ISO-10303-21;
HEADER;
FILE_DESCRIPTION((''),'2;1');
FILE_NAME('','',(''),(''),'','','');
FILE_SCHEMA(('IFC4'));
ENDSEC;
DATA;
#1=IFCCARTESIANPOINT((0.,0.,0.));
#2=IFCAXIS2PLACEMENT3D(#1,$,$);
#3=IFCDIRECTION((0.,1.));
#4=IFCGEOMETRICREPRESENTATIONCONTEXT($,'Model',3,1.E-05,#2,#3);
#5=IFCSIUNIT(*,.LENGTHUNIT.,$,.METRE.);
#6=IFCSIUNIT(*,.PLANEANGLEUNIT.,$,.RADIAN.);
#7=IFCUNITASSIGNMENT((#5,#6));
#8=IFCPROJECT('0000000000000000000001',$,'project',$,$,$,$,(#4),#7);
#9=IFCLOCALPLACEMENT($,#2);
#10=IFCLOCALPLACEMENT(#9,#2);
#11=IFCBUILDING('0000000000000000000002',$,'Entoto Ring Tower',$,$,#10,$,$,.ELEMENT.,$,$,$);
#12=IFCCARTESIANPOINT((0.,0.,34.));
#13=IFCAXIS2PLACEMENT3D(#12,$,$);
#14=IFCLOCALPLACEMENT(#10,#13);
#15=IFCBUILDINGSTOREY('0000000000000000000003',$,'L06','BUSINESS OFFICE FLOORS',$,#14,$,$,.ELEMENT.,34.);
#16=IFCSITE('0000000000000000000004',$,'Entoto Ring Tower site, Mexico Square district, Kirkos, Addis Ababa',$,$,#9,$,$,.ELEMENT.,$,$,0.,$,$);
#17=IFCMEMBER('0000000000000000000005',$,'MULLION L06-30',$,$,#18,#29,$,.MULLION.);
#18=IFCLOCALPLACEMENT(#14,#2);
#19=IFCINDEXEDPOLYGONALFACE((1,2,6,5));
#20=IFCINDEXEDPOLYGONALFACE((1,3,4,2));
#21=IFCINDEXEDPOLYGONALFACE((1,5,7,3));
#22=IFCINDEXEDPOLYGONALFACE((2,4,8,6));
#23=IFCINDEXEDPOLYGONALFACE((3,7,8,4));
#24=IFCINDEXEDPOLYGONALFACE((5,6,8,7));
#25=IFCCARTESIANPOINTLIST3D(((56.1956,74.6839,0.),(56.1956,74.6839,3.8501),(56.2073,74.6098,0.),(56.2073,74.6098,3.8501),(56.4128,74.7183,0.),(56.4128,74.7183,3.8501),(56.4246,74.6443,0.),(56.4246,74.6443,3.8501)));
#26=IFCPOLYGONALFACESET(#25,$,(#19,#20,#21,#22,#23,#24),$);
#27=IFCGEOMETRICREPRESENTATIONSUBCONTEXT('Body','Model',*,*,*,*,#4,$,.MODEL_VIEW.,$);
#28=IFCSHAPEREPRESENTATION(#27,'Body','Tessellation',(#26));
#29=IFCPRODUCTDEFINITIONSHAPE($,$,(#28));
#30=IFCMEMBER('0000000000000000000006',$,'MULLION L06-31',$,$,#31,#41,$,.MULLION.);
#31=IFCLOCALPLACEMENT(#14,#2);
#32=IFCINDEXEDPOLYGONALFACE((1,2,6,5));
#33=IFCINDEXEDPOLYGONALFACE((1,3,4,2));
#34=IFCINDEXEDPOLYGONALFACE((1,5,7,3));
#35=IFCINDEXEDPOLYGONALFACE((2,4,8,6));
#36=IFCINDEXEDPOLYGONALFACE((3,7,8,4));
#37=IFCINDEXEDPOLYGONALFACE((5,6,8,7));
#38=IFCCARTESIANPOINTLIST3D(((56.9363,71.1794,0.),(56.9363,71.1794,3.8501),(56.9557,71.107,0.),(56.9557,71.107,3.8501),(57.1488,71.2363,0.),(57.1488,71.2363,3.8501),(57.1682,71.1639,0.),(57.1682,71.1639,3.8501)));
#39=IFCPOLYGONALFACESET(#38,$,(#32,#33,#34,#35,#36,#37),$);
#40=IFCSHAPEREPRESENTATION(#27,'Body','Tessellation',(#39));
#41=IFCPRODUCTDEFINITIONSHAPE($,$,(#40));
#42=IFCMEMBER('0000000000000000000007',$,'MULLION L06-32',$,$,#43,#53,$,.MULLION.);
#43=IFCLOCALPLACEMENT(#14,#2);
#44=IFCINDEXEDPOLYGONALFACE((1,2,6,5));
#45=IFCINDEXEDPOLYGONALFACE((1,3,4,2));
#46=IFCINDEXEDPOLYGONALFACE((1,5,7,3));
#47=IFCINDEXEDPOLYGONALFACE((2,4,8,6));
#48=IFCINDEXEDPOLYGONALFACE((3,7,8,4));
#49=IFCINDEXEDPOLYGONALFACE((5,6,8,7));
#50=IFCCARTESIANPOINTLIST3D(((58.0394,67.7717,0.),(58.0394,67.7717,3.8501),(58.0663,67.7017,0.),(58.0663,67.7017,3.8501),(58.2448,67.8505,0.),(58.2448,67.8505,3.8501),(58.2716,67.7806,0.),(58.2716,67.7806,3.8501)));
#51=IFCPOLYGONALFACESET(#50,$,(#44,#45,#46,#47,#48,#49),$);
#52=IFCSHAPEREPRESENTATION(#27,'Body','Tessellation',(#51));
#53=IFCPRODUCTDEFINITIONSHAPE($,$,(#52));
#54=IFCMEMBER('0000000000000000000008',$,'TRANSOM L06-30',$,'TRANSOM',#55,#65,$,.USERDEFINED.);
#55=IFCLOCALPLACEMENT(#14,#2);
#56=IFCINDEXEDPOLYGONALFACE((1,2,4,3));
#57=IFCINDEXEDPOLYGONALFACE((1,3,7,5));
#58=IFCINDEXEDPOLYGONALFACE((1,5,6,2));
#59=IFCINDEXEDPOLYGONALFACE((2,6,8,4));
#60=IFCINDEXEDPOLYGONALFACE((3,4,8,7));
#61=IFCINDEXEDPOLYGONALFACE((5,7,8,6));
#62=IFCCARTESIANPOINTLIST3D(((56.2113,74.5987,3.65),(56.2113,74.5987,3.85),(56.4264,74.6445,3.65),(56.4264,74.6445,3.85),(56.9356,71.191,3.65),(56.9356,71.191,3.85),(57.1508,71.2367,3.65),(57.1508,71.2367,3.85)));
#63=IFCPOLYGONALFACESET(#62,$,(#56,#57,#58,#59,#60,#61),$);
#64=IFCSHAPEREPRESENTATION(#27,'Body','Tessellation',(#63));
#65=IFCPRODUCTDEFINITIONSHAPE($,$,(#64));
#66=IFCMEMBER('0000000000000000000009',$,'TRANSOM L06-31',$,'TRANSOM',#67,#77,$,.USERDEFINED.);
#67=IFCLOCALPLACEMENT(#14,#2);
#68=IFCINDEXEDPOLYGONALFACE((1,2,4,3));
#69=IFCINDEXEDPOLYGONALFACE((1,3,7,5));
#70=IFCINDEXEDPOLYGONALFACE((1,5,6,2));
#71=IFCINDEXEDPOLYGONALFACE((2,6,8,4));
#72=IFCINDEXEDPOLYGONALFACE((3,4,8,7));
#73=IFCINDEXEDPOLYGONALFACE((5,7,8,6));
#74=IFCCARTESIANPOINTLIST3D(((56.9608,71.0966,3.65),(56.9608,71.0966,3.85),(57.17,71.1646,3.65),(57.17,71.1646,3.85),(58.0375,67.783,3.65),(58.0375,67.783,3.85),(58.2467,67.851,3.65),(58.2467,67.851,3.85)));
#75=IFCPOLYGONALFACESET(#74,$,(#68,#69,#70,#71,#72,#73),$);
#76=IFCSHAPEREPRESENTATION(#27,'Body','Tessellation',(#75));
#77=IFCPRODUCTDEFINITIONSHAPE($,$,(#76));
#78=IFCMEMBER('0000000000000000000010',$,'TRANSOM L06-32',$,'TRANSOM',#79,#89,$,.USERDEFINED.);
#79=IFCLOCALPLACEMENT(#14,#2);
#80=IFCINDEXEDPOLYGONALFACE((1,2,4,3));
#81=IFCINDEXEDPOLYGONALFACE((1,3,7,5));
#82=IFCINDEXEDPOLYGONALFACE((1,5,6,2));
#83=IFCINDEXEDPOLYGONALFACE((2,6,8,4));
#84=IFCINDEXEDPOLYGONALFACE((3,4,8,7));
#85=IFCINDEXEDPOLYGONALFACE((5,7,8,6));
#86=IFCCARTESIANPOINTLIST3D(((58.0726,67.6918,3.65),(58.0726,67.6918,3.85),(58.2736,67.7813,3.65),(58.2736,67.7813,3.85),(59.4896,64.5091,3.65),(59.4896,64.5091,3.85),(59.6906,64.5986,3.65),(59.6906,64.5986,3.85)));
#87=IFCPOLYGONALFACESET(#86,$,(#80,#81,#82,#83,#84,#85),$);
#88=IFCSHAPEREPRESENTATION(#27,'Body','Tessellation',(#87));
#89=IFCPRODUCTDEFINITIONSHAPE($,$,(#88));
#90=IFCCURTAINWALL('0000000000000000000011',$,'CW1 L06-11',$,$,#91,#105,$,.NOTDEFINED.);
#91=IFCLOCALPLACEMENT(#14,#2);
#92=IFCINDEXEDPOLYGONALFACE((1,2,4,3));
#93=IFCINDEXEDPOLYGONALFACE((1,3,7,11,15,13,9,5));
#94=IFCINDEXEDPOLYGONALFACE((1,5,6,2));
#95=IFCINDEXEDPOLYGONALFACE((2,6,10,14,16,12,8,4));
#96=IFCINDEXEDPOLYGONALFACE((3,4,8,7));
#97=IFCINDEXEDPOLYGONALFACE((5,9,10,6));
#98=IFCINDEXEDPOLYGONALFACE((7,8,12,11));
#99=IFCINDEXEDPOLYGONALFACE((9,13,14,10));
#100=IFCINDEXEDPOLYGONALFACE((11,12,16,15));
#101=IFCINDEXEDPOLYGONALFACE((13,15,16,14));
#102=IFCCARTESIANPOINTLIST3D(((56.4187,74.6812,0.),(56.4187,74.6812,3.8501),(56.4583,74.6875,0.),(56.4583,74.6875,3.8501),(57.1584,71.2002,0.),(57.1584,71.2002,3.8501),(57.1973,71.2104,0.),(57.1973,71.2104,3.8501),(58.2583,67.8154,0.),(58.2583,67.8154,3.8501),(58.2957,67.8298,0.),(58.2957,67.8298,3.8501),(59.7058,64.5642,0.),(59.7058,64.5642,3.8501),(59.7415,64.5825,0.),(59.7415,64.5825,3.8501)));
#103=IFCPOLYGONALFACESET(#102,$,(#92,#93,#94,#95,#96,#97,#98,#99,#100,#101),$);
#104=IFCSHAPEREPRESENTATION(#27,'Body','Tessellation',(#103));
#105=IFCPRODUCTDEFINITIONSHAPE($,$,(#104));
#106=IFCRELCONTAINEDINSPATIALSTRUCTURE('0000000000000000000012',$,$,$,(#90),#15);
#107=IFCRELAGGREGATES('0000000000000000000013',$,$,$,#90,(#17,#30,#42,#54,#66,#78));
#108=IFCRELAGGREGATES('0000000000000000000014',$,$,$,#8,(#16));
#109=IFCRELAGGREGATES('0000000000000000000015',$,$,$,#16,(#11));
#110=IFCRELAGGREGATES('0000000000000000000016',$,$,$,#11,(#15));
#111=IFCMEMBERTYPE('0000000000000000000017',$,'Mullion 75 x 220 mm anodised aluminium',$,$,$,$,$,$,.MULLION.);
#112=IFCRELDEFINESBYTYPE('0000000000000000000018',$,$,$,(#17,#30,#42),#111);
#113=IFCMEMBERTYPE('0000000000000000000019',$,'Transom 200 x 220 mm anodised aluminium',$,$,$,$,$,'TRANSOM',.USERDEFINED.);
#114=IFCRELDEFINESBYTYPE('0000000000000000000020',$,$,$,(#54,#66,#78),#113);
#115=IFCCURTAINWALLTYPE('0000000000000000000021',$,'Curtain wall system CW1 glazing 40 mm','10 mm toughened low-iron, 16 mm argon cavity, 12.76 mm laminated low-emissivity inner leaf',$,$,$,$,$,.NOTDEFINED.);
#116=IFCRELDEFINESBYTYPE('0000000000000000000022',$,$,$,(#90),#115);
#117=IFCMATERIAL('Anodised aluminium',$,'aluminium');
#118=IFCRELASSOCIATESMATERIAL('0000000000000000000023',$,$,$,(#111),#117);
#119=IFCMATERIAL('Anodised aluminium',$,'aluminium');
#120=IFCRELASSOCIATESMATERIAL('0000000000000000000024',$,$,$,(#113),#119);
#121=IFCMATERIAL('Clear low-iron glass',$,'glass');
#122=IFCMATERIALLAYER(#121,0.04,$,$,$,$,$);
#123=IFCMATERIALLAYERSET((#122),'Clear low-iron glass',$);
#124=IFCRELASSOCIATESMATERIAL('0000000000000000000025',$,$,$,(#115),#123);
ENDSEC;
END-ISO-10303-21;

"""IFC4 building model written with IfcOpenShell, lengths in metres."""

from ifc_helpers import new_model, si_unit, direction, frame, origin, origin_2d, place, context, subcontext, project, spatial, polyline, rectangle, outline, extrude, material, layer, layer_set, material_profile, profile_set, type_object, element, aggregate, save


model = new_model("IFC4")

# Units and contexts
model_context = context("Model", 3, precision=1e-05, world=origin(), true_north=direction((0.0, 1.0)))
body_context = subcontext(model_context, "Body", "Model", "MODEL_VIEW")
ifc_project = project(units=[si_unit("LENGTHUNIT", "METRE"), si_unit("PLANEANGLEUNIT", "RADIAN")], contexts=[model_context])

# Members
ifc_material_1 = material(Name="Anodised aluminium", Category="aluminium")
ifc_material_profile_1 = material_profile(ifc_material_1, rectangle(XDim=0.075, YDim=0.22, at=origin_2d()), Name="Mullion 75 x 220 mm anodised aluminium")
ifc_profile_set_1 = profile_set([ifc_material_profile_1], Name="Anodised aluminium")
member_type_1 = type_object("IfcMemberType", Name="Mullion 75 x 220 mm anodised aluminium", PredefinedType="MULLION", material=ifc_profile_set_1)
site_placement = place(None, origin())
building_placement = place(site_placement, origin())
storey_placement = place(building_placement, frame((0.0, 0.0, 34.0)))
member_1_placement = place(storey_placement, frame((56.3101, 74.6641, 0.0), z_axis=(0.0, 0.0, 1.0), x_axis=(0.156434, -0.987688, 0.0)))
member_1 = element("IfcMember", 1, at=member_1_placement, type_object=member_type_1, Name="MULLION L06-30", PredefinedType="MULLION", context=body_context, shape_type="SweptSolid", body=[
    extrude(rectangle(XDim=0.075, YDim=0.22, at=origin_2d()), origin(), (0.0, 0.0, 1.0), 3.8501),
])
member_2_placement = place(storey_placement, frame((57.0522, 71.1716, 0.0), z_axis=(0.0, 0.0, 1.0), x_axis=(0.258819, -0.965926, 0.0)))
member_2 = element("IfcMember", 2, at=member_2_placement, type_object=member_type_1, Name="MULLION L06-31", PredefinedType="MULLION", context=body_context, shape_type="SweptSolid", body=[
    extrude(rectangle(XDim=0.075, YDim=0.22, at=origin_2d()), origin(), (0.0, 0.0, 1.0), 3.8501),
])
member_3_placement = place(storey_placement, frame((58.1555, 67.7761, 0.0), z_axis=(0.0, 0.0, 1.0), x_axis=(0.358368, -0.93358, 0.0)))
member_3 = element("IfcMember", 3, at=member_3_placement, type_object=member_type_1, Name="MULLION L06-32", PredefinedType="MULLION", context=body_context, shape_type="SweptSolid", body=[
    extrude(rectangle(XDim=0.075, YDim=0.22, at=origin_2d()), origin(), (0.0, 0.0, 1.0), 3.8501),
])
ifc_material_2 = material(Name="Anodised aluminium", Category="aluminium")
ifc_material_profile_2 = material_profile(ifc_material_2, rectangle(XDim=0.22, YDim=0.2, at=origin_2d()), Name="Transom 200 x 220 mm anodised aluminium")
ifc_profile_set_2 = profile_set([ifc_material_profile_2], Name="Anodised aluminium")
member_type_2 = type_object("IfcMemberType", Name="Transom 200 x 220 mm anodised aluminium", ElementType="TRANSOM", PredefinedType="USERDEFINED", material=ifc_profile_set_2)
member_4_placement = place(storey_placement, frame((56.3188, 74.6216, 3.75), z_axis=(0.207921, -0.978146, 0.0), x_axis=(0.978146, 0.207921, 0.0)))
member_4 = element("IfcMember", 4, at=member_4_placement, type_object=member_type_2, Name="TRANSOM L06-30", ObjectType="TRANSOM", PredefinedType="USERDEFINED", context=body_context, shape_type="SweptSolid", body=[
    extrude(rectangle(XDim=0.22, YDim=0.2, at=origin_2d()), origin(), (0.0, 0.0, 1.0), 3.4839),
])
member_5_placement = place(storey_placement, frame((57.0654, 71.1306, 3.75), z_axis=(0.309029, -0.951053, 0.0), x_axis=(0.951053, 0.309029, 0.0)))
member_5 = element("IfcMember", 5, at=member_5_placement, type_object=member_type_2, Name="TRANSOM L06-31", ObjectType="TRANSOM", PredefinedType="USERDEFINED", context=body_context, shape_type="SweptSolid", body=[
    extrude(rectangle(XDim=0.22, YDim=0.2, at=origin_2d()), origin(), (0.0, 0.0, 1.0), 3.4841),
])
member_6_placement = place(storey_placement, frame((58.1731, 67.7366, 3.75), z_axis=(0.406737, -0.913545, 0.0), x_axis=(0.913545, 0.406737, 0.0)))
member_6 = element("IfcMember", 6, at=member_6_placement, type_object=member_type_2, Name="TRANSOM L06-32", ObjectType="TRANSOM", PredefinedType="USERDEFINED", context=body_context, shape_type="SweptSolid", body=[
    extrude(rectangle(XDim=0.22, YDim=0.2, at=origin_2d()), origin(), (0.0, 0.0, 1.0), 3.4839),
])

# Site, building, storey
site = spatial("IfcSite", under=ifc_project, at=site_placement, Name="Entoto Ring Tower site, Mexico Square district, Kirkos, Addis Ababa", CompositionType="ELEMENT", RefElevation=0.0)
building = spatial("IfcBuilding", under=site, at=building_placement, Name="Entoto Ring Tower", CompositionType="ELEMENT")
storey = spatial("IfcBuildingStorey", under=building, at=storey_placement, Name="L06", Description="BUSINESS OFFICE FLOORS", CompositionType="ELEMENT", Elevation=34.0)

# Curtain wall
ifc_material_3 = material(Name="Clear low-iron glass", Category="glass")
ifc_layer = layer(ifc_material_3, 0.04)
ifc_layer_set = layer_set([ifc_layer], Name="Clear low-iron glass")
curtain_wall_type = type_object("IfcCurtainWallType", Name="Curtain wall system CW1 glazing 40 mm", Description="10 mm toughened low-iron, 16 mm argon cavity, 12.76 mm laminated low-emissivity inner leaf", PredefinedType="NOTDEFINED", material=ifc_layer_set)
curtain_wall_1_placement = place(storey_placement, origin())
curtain_wall_1 = element("IfcCurtainWall", 7, at=curtain_wall_1_placement, inside=storey, type_object=curtain_wall_type, Name="CW1 L06-11", PredefinedType="NOTDEFINED", context=body_context, shape_type="SweptSolid", body=[
    extrude(outline(polyline([(56.4187, 74.6812), (57.1584, 71.2002), (58.2583, 67.8154), (59.7058, 64.5642), (59.7415, 64.5825), (58.2957, 67.8298), (57.1973, 71.2104), (56.4583, 74.6875), (56.4187, 74.6812)])), origin(), (0.0, 0.0, 1.0), 3.8501),
])
aggregate(curtain_wall_1, [member_1, member_2, member_3, member_4, member_5, member_6])

save(model, "model.ifc")
